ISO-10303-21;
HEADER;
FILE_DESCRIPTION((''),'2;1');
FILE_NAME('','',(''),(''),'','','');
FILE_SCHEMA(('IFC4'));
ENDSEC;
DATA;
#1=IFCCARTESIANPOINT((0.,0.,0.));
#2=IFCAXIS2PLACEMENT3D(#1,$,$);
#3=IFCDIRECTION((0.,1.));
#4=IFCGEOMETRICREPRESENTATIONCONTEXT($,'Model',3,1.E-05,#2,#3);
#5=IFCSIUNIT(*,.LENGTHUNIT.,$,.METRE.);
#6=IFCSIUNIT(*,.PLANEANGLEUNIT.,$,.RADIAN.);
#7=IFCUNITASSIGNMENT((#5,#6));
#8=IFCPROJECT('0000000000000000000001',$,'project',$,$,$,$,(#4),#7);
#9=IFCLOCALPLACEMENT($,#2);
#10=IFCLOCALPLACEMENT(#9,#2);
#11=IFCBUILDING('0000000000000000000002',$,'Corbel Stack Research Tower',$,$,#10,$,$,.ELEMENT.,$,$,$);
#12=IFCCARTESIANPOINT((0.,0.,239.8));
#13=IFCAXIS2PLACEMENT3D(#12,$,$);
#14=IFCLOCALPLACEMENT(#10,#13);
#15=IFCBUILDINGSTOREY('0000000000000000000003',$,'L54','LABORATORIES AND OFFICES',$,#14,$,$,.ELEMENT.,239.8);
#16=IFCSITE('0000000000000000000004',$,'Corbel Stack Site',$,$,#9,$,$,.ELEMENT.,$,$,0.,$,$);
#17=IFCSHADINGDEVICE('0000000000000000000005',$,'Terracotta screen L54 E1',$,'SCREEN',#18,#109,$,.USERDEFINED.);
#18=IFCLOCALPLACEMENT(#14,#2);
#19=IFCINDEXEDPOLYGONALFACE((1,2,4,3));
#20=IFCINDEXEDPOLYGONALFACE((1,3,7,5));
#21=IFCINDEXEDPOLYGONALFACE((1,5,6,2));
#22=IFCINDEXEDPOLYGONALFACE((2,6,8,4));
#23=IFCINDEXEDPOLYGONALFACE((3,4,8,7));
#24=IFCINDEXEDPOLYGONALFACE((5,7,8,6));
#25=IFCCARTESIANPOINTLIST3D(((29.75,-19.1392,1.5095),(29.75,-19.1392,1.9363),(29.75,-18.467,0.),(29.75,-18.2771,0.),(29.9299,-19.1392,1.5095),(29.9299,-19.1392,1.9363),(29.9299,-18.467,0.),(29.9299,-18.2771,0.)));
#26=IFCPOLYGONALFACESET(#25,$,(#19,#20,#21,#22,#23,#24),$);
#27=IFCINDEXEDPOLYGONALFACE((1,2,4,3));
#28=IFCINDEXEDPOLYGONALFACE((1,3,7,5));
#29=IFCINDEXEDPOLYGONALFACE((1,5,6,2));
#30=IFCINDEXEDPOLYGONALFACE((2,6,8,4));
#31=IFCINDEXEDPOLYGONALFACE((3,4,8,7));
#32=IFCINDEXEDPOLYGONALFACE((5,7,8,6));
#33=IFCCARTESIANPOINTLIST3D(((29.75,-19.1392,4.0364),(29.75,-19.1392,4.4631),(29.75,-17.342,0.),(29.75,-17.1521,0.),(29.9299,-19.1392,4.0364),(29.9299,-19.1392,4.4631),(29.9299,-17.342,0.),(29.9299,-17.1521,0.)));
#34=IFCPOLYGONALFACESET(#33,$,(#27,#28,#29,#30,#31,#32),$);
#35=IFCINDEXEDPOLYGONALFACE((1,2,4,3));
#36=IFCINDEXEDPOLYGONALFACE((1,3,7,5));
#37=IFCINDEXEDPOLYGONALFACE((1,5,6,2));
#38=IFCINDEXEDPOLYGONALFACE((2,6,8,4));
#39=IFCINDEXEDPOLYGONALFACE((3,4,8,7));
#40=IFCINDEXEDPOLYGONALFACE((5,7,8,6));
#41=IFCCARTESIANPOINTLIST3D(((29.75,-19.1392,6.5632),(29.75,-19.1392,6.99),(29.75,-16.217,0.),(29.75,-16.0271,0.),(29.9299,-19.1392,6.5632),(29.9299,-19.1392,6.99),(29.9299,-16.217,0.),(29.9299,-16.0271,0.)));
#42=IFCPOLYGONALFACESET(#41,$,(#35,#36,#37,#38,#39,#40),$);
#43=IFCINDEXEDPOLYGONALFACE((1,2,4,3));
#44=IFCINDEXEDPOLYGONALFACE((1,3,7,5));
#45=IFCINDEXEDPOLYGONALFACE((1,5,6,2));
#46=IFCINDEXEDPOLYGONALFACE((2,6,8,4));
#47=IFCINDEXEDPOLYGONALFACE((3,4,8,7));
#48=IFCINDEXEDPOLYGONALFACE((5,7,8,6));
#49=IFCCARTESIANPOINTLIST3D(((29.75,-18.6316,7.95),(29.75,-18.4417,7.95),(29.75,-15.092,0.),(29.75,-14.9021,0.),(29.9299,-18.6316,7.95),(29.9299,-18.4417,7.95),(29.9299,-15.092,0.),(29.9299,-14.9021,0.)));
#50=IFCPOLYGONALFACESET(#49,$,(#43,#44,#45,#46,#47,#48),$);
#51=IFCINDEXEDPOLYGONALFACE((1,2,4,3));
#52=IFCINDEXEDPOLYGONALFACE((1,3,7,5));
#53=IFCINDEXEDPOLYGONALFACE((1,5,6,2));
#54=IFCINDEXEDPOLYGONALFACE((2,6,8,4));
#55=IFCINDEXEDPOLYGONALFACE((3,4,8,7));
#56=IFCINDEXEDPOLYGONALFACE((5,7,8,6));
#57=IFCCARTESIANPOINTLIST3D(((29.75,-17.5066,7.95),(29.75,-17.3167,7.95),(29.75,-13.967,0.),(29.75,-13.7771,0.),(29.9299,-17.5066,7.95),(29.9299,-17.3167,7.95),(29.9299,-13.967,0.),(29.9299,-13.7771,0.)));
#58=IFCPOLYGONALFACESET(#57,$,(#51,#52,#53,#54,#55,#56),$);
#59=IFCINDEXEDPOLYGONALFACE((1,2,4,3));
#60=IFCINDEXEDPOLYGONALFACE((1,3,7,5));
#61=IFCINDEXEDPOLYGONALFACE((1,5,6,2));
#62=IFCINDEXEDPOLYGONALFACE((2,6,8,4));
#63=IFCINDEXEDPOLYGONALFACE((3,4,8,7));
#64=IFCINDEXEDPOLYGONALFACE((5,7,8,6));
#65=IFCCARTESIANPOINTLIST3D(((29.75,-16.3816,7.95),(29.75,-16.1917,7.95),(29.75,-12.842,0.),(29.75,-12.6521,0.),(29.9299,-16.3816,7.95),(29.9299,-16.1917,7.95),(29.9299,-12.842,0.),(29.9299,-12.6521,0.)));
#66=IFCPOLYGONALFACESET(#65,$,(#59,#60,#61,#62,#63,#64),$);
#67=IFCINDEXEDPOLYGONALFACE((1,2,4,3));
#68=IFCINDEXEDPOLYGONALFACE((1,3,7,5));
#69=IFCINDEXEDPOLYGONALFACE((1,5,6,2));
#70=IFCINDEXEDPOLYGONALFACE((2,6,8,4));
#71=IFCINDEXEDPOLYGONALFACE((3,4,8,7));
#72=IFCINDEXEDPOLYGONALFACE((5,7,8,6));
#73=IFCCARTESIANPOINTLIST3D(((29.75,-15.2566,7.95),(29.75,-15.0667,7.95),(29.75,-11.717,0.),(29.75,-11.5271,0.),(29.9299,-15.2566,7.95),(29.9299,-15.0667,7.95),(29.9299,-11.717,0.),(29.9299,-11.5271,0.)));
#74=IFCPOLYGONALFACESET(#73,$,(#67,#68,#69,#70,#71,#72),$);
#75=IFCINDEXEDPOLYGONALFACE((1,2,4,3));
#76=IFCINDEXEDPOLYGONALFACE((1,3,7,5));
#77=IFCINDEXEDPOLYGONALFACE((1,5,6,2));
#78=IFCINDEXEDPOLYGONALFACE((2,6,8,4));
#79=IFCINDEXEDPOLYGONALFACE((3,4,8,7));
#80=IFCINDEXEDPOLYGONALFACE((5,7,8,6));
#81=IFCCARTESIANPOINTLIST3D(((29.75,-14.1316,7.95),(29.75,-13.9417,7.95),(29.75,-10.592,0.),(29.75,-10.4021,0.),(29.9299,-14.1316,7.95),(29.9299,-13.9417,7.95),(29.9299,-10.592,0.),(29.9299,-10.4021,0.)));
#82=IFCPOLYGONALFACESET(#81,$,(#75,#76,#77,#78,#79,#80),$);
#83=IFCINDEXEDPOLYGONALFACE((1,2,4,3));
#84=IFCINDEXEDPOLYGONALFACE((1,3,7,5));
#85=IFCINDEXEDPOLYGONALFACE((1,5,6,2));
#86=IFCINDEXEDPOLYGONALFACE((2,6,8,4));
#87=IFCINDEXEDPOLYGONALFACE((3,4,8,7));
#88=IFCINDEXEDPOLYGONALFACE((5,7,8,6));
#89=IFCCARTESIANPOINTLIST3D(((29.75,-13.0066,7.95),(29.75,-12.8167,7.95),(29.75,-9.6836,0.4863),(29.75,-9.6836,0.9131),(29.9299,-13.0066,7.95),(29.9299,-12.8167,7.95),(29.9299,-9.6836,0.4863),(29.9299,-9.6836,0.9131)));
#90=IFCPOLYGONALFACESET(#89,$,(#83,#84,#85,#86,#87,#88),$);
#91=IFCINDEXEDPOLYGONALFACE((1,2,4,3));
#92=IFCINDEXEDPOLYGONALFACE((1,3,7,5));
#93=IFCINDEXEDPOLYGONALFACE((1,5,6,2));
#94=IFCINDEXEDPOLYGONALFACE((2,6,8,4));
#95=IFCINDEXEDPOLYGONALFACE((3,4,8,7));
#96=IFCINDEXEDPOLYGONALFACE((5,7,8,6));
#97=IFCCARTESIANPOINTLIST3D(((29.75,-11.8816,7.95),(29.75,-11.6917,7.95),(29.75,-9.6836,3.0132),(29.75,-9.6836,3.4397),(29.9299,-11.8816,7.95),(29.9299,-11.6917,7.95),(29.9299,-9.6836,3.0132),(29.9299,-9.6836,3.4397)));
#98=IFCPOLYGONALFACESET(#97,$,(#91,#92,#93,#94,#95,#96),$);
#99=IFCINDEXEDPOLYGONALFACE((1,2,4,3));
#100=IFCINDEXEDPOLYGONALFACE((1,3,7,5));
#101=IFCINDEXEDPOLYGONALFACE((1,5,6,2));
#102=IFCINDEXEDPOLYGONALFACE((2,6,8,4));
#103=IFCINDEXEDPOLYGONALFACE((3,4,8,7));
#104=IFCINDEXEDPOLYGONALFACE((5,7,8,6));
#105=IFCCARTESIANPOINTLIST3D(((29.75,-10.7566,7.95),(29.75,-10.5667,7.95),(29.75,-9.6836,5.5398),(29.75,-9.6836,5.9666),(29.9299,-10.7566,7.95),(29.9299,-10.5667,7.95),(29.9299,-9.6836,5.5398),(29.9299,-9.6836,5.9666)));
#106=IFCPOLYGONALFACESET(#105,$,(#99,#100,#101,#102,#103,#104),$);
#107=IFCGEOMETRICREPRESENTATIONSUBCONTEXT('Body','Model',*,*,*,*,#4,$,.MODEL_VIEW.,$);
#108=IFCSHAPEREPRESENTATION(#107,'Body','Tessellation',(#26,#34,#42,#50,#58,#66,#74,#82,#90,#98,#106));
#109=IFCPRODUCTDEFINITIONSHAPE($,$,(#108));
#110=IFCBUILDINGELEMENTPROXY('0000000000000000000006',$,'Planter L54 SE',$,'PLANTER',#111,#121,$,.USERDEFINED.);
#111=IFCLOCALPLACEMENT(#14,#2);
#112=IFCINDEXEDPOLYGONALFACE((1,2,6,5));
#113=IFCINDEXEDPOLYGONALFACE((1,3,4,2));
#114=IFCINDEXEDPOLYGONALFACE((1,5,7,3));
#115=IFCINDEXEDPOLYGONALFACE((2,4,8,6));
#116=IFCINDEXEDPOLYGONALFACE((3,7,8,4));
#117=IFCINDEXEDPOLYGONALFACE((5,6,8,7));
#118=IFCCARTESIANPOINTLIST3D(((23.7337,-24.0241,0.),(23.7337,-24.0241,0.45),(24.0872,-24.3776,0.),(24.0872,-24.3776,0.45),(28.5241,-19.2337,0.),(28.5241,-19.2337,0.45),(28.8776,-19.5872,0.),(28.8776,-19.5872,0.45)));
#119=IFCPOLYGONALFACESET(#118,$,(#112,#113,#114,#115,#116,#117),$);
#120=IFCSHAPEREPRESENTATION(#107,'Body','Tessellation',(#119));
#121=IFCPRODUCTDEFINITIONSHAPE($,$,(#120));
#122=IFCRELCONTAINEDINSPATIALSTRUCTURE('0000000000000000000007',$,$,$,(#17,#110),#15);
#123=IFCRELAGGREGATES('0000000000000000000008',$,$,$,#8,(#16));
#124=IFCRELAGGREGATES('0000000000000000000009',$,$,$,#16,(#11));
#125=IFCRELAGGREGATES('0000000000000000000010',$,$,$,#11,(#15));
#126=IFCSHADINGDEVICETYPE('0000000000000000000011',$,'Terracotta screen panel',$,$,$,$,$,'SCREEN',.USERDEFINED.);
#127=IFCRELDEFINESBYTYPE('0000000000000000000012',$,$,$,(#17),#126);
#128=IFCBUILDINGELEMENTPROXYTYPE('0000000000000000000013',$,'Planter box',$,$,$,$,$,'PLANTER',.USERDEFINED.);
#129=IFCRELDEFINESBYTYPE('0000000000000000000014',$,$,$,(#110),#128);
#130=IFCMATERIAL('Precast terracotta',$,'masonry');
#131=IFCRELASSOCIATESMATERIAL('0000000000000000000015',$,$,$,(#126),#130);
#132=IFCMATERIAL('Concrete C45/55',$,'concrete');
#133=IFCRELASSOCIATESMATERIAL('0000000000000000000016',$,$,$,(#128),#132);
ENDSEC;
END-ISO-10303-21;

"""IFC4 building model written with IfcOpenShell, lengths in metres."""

from ifc_helpers import new_model, si_unit, direction, frame, origin, origin_2d, place, context, subcontext, project, spatial, polyline, rectangle, outline, extrude, source, transform, mapped, material, type_object, element, save


model = new_model("IFC4")

# Units and contexts
model_context = context("Model", 3, precision=1e-05, world=origin(), true_north=direction((0.0, 1.0)))
body_context = subcontext(model_context, "Body", "Model", "MODEL_VIEW")
ifc_project = project(units=[si_unit("LENGTHUNIT", "METRE"), si_unit("PLANEANGLEUNIT", "RADIAN")], contexts=[model_context])

# Site, building, storey
site_placement = place(None, origin())
site = spatial("IfcSite", under=ifc_project, at=site_placement, Name="Corbel Stack Site", CompositionType="ELEMENT", RefElevation=0.0)
building_placement = place(site_placement, origin())
building = spatial("IfcBuilding", under=site, at=building_placement, Name="Corbel Stack Research Tower", CompositionType="ELEMENT")
storey_placement = place(building_placement, frame((0.0, 0.0, 239.8)))
storey = spatial("IfcBuildingStorey", under=building, at=storey_placement, Name="L54", Description="LABORATORIES AND OFFICES", CompositionType="ELEMENT", Elevation=239.8)

# Shading device
ifc_material_1 = material(Name="Precast terracotta", Category="masonry")
shading_device_type = type_object("IfcShadingDeviceType", Name="Terracotta screen panel", ElementType="SCREEN", PredefinedType="USERDEFINED", material=ifc_material_1)
shared_shape_1 = source(origin(), body_context, "Body", "SweptSolid", [
    extrude(outline(polyline([(0.8621, 0.0), (0.0, 1.9363), (0.0, 1.5095), (0.6721, 0.0), (0.8621, 0.0)])), frame((0.0, 0.0, 0.0), z_axis=(0.0, -1.0, 0.0), x_axis=(1.0, 0.0, 0.0)), (0.0, 0.0, 1.0), 0.1799),
    extrude(outline(polyline([(1.9871, 0.0), (0.0, 4.4631), (0.0, 4.0364), (1.7971, 0.0), (1.9871, 0.0)])), frame((0.0, 0.0, 0.0), z_axis=(0.0, -1.0, 0.0), x_axis=(1.0, 0.0, 0.0)), (0.0, 0.0, 1.0), 0.1799),
    extrude(outline(polyline([(3.1121, 0.0), (0.0, 6.99), (0.0, 6.5632), (2.9221, 0.0), (3.1121, 0.0)])), frame((0.0, 0.0, 0.0), z_axis=(0.0, -1.0, 0.0), x_axis=(1.0, 0.0, 0.0)), (0.0, 0.0, 1.0), 0.1799),
    extrude(outline(polyline([(4.2371, 0.0), (0.6975, 7.95), (0.5076, 7.95), (4.0471, 0.0), (4.2371, 0.0)])), frame((0.0, 0.0, 0.0), z_axis=(0.0, -1.0, 0.0), x_axis=(1.0, 0.0, 0.0)), (0.0, 0.0, 1.0), 0.1799),
    extrude(outline(polyline([(5.3621, 0.0), (1.8225, 7.95), (1.6326, 7.95), (5.1721, 0.0), (5.3621, 0.0)])), frame((0.0, 0.0, 0.0), z_axis=(0.0, -1.0, 0.0), x_axis=(1.0, 0.0, 0.0)), (0.0, 0.0, 1.0), 0.1799),
    extrude(outline(polyline([(6.4871, 0.0), (2.9475, 7.95), (2.7576, 7.95), (6.2971, 0.0), (6.4871, 0.0)])), frame((0.0, 0.0, 0.0), z_axis=(0.0, -1.0, 0.0), x_axis=(1.0, 0.0, 0.0)), (0.0, 0.0, 1.0), 0.1799),
    extrude(outline(polyline([(7.6121, 0.0), (4.0725, 7.95), (3.8826, 7.95), (7.4221, 0.0), (7.6121, 0.0)])), frame((0.0, 0.0, 0.0), z_axis=(0.0, -1.0, 0.0), x_axis=(1.0, 0.0, 0.0)), (0.0, 0.0, 1.0), 0.1799),
    extrude(outline(polyline([(8.7371, 0.0), (5.1975, 7.95), (5.0076, 7.95), (8.5471, 0.0), (8.7371, 0.0)])), frame((0.0, 0.0, 0.0), z_axis=(0.0, -1.0, 0.0), x_axis=(1.0, 0.0, 0.0)), (0.0, 0.0, 1.0), 0.1799),
    extrude(outline(polyline([(6.3225, 7.95), (6.1326, 7.95), (9.4556, 0.4863), (9.4556, 0.9131), (6.3225, 7.95)])), frame((0.0, 0.0, 0.0), z_axis=(0.0, -1.0, 0.0), x_axis=(1.0, 0.0, 0.0)), (0.0, 0.0, 1.0), 0.1799),
    extrude(outline(polyline([(7.4475, 7.95), (7.2576, 7.95), (9.4556, 3.0132), (9.4556, 3.4397), (7.4475, 7.95)])), frame((0.0, 0.0, 0.0), z_axis=(0.0, -1.0, 0.0), x_axis=(1.0, 0.0, 0.0)), (0.0, 0.0, 1.0), 0.1799),
    extrude(outline(polyline([(8.5725, 7.95), (8.3826, 7.95), (9.4556, 5.5398), (9.4556, 5.9666), (8.5725, 7.95)])), frame((0.0, 0.0, 0.0), z_axis=(0.0, -1.0, 0.0), x_axis=(1.0, 0.0, 0.0)), (0.0, 0.0, 1.0), 0.1799),
])
shading_device_1_placement = place(storey_placement, frame((29.75, -19.1392, 0.0), z_axis=(0.0, 0.0, 1.0), x_axis=(0.0, 1.0, 0.0)))
element("IfcShadingDevice", 1, at=shading_device_1_placement, inside=storey, type_object=shading_device_type, Name="Terracotta screen L54 E1", ObjectType="SCREEN", PredefinedType="USERDEFINED", context=body_context, shape_type="MappedRepresentation", body=[
    mapped(shared_shape_1, transform((0.0, 0.0, 0.0))),
])

# Building element proxy
ifc_material_2 = material(Name="Concrete C45/55", Category="concrete")
building_element_proxy_type = type_object("IfcBuildingElementProxyType", Name="Planter box", ElementType="PLANTER", PredefinedType="USERDEFINED", material=ifc_material_2)
proxy_placement = place(storey_placement, frame((26.3057, -21.8057, 0.0), z_axis=(0.0, 0.0, 1.0), x_axis=(0.707107, 0.707107, 0.0)))
element("IfcBuildingElementProxy", 2, at=proxy_placement, inside=storey, type_object=building_element_proxy_type, Name="Planter L54 SE", ObjectType="PLANTER", PredefinedType="USERDEFINED", context=body_context, shape_type="SweptSolid", body=[
    extrude(rectangle(XDim=6.7747, YDim=0.5, at=origin_2d()), origin(), (0.0, 0.0, 1.0), 0.45),
])

save(model, "model.ifc")
